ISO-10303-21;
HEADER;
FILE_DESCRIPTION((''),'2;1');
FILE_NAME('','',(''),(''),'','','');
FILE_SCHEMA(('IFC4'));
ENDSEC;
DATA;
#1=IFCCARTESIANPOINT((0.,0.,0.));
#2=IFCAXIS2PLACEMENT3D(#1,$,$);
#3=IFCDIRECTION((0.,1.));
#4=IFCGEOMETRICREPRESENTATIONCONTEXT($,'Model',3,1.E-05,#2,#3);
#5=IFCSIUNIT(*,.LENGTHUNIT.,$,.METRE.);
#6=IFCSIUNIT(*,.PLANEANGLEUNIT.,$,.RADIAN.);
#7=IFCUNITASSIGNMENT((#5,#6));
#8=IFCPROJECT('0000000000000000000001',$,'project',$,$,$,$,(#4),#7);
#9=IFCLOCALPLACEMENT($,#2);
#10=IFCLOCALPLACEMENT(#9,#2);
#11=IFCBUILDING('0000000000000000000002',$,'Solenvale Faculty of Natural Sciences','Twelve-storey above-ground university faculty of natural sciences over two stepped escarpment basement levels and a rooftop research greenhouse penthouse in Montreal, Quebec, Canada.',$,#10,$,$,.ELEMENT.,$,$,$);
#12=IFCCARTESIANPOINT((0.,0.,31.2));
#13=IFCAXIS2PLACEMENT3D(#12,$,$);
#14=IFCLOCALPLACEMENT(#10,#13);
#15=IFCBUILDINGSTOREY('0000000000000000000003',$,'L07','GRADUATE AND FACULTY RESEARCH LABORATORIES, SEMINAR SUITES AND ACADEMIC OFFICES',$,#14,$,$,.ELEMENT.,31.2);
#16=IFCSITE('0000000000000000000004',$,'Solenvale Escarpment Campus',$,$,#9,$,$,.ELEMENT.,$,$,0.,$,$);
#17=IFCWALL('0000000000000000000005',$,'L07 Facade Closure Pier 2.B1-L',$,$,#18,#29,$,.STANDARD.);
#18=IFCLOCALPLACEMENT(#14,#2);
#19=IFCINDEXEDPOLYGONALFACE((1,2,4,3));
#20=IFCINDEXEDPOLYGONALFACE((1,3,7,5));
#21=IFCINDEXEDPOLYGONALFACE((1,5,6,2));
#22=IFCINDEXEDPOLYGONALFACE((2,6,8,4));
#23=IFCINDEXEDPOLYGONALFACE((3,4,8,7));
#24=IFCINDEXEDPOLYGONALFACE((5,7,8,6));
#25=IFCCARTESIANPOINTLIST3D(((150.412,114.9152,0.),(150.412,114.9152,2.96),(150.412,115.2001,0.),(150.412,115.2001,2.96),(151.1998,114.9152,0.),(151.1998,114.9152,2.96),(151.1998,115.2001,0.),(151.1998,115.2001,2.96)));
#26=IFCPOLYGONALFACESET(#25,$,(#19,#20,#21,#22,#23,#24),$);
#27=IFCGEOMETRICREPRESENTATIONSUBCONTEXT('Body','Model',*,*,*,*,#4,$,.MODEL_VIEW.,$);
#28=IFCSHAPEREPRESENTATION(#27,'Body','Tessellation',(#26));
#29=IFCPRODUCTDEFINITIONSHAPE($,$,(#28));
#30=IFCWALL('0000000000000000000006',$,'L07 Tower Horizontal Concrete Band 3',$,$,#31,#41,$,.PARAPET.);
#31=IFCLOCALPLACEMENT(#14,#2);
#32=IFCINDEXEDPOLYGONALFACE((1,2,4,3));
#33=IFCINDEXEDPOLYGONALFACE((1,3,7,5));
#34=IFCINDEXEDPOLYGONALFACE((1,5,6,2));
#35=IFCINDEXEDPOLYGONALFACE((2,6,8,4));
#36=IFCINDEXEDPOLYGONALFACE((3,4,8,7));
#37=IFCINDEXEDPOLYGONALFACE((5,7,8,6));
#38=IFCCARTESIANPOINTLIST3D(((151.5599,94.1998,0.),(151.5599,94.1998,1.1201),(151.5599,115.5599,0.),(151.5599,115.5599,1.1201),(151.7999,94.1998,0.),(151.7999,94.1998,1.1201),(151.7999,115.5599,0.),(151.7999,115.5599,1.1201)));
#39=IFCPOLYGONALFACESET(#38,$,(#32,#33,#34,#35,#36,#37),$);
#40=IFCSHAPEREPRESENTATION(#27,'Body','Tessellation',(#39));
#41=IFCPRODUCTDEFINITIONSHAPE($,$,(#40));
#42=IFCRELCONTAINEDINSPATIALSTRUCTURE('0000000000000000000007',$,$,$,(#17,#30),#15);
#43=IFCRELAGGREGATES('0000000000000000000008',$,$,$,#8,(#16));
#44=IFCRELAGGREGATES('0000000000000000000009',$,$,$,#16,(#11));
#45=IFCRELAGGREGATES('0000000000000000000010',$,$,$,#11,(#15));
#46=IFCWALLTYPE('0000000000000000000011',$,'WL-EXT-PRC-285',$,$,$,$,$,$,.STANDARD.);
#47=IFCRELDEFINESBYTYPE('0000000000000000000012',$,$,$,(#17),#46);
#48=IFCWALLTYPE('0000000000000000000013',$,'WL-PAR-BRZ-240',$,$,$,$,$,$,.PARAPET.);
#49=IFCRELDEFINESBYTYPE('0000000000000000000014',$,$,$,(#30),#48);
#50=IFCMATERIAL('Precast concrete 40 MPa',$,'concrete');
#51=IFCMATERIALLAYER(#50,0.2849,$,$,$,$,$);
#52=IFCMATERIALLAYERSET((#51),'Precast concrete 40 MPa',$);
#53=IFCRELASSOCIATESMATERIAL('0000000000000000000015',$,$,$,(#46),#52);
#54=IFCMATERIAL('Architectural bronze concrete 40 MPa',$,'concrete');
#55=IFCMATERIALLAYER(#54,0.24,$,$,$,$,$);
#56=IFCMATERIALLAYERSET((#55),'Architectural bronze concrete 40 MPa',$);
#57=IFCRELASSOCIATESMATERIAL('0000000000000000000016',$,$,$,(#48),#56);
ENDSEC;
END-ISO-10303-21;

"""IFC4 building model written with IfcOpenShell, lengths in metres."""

from ifc_helpers import new_model, si_unit, direction, frame, frame_2d, origin, place, context, subcontext, project, spatial, rectangle, extrude, material, layer, layer_set, type_object, element, save


model = new_model("IFC4")

# Units and contexts
model_context = context("Model", 3, precision=1e-05, world=origin(), true_north=direction((0.0, 1.0)))
body_context = subcontext(model_context, "Body", "Model", "MODEL_VIEW")
ifc_project = project(units=[si_unit("LENGTHUNIT", "METRE"), si_unit("PLANEANGLEUNIT", "RADIAN")], contexts=[model_context])

# Site, building, storey
site_placement = place(None, origin())
site = spatial("IfcSite", under=ifc_project, at=site_placement, Name="Solenvale Escarpment Campus", CompositionType="ELEMENT", RefElevation=0.0)
building_placement = place(site_placement, origin())
building = spatial("IfcBuilding", under=site, at=building_placement, Name="Solenvale Faculty of Natural Sciences", Description="Twelve-storey above-ground university faculty of natural sciences over two stepped escarpment basement levels and a rooftop research greenhouse penthouse in Montreal, Quebec, Canada.", CompositionType="ELEMENT")
storey_placement = place(building_placement, frame((0.0, 0.0, 31.2)))
storey = spatial("IfcBuildingStorey", under=building, at=storey_placement, Name="L07", Description="GRADUATE AND FACULTY RESEARCH LABORATORIES, SEMINAR SUITES AND ACADEMIC OFFICES", CompositionType="ELEMENT", Elevation=31.2)

# Walls
ifc_material_1 = material(Name="Precast concrete 40 MPa", Category="concrete")
ifc_layer_1 = layer(ifc_material_1, 0.2849)
ifc_layer_set_1 = layer_set([ifc_layer_1], Name="Precast concrete 40 MPa")
wall_type_1 = type_object("IfcWallType", Name="WL-EXT-PRC-285", PredefinedType="STANDARD", material=ifc_layer_set_1)
wall_1_placement = place(storey_placement, frame((151.2, 115.0576, 0.0), z_axis=(0.0, 0.0, 1.0), x_axis=(-1.0, 0.0, 0.0)))
element("IfcWall", 1, at=wall_1_placement, inside=storey, type_object=wall_type_1, Name="L07 Facade Closure Pier 2.B1-L", PredefinedType="STANDARD", context=body_context, shape_type="SweptSolid", body=[
    extrude(rectangle(XDim=0.7878, YDim=0.2849, at=frame_2d((0.394, 0.0))), origin(), (0.0, 0.0, 1.0), 2.96),
])
ifc_material_2 = material(Name="Architectural bronze concrete 40 MPa", Category="concrete")
ifc_layer_2 = layer(ifc_material_2, 0.24)
ifc_layer_set_2 = layer_set([ifc_layer_2], Name="Architectural bronze concrete 40 MPa")
wall_type_2 = type_object("IfcWallType", Name="WL-PAR-BRZ-240", PredefinedType="PARAPET", material=ifc_layer_set_2)
wall_2_placement = place(storey_placement, frame((151.6799, 115.5601, 0.0), z_axis=(0.0, 0.0, 1.0), x_axis=(0.0, -1.0, 0.0)))
element("IfcWall", 2, at=wall_2_placement, inside=storey, type_object=wall_type_2, Name="L07 Tower Horizontal Concrete Band 3", PredefinedType="PARAPET", context=body_context, shape_type="SweptSolid", body=[
    extrude(rectangle(XDim=21.3601, YDim=0.24, at=frame_2d((10.6802, 0.0))), origin(), (0.0, 0.0, 1.0), 1.1201),
])

save(model, "model.ifc")
